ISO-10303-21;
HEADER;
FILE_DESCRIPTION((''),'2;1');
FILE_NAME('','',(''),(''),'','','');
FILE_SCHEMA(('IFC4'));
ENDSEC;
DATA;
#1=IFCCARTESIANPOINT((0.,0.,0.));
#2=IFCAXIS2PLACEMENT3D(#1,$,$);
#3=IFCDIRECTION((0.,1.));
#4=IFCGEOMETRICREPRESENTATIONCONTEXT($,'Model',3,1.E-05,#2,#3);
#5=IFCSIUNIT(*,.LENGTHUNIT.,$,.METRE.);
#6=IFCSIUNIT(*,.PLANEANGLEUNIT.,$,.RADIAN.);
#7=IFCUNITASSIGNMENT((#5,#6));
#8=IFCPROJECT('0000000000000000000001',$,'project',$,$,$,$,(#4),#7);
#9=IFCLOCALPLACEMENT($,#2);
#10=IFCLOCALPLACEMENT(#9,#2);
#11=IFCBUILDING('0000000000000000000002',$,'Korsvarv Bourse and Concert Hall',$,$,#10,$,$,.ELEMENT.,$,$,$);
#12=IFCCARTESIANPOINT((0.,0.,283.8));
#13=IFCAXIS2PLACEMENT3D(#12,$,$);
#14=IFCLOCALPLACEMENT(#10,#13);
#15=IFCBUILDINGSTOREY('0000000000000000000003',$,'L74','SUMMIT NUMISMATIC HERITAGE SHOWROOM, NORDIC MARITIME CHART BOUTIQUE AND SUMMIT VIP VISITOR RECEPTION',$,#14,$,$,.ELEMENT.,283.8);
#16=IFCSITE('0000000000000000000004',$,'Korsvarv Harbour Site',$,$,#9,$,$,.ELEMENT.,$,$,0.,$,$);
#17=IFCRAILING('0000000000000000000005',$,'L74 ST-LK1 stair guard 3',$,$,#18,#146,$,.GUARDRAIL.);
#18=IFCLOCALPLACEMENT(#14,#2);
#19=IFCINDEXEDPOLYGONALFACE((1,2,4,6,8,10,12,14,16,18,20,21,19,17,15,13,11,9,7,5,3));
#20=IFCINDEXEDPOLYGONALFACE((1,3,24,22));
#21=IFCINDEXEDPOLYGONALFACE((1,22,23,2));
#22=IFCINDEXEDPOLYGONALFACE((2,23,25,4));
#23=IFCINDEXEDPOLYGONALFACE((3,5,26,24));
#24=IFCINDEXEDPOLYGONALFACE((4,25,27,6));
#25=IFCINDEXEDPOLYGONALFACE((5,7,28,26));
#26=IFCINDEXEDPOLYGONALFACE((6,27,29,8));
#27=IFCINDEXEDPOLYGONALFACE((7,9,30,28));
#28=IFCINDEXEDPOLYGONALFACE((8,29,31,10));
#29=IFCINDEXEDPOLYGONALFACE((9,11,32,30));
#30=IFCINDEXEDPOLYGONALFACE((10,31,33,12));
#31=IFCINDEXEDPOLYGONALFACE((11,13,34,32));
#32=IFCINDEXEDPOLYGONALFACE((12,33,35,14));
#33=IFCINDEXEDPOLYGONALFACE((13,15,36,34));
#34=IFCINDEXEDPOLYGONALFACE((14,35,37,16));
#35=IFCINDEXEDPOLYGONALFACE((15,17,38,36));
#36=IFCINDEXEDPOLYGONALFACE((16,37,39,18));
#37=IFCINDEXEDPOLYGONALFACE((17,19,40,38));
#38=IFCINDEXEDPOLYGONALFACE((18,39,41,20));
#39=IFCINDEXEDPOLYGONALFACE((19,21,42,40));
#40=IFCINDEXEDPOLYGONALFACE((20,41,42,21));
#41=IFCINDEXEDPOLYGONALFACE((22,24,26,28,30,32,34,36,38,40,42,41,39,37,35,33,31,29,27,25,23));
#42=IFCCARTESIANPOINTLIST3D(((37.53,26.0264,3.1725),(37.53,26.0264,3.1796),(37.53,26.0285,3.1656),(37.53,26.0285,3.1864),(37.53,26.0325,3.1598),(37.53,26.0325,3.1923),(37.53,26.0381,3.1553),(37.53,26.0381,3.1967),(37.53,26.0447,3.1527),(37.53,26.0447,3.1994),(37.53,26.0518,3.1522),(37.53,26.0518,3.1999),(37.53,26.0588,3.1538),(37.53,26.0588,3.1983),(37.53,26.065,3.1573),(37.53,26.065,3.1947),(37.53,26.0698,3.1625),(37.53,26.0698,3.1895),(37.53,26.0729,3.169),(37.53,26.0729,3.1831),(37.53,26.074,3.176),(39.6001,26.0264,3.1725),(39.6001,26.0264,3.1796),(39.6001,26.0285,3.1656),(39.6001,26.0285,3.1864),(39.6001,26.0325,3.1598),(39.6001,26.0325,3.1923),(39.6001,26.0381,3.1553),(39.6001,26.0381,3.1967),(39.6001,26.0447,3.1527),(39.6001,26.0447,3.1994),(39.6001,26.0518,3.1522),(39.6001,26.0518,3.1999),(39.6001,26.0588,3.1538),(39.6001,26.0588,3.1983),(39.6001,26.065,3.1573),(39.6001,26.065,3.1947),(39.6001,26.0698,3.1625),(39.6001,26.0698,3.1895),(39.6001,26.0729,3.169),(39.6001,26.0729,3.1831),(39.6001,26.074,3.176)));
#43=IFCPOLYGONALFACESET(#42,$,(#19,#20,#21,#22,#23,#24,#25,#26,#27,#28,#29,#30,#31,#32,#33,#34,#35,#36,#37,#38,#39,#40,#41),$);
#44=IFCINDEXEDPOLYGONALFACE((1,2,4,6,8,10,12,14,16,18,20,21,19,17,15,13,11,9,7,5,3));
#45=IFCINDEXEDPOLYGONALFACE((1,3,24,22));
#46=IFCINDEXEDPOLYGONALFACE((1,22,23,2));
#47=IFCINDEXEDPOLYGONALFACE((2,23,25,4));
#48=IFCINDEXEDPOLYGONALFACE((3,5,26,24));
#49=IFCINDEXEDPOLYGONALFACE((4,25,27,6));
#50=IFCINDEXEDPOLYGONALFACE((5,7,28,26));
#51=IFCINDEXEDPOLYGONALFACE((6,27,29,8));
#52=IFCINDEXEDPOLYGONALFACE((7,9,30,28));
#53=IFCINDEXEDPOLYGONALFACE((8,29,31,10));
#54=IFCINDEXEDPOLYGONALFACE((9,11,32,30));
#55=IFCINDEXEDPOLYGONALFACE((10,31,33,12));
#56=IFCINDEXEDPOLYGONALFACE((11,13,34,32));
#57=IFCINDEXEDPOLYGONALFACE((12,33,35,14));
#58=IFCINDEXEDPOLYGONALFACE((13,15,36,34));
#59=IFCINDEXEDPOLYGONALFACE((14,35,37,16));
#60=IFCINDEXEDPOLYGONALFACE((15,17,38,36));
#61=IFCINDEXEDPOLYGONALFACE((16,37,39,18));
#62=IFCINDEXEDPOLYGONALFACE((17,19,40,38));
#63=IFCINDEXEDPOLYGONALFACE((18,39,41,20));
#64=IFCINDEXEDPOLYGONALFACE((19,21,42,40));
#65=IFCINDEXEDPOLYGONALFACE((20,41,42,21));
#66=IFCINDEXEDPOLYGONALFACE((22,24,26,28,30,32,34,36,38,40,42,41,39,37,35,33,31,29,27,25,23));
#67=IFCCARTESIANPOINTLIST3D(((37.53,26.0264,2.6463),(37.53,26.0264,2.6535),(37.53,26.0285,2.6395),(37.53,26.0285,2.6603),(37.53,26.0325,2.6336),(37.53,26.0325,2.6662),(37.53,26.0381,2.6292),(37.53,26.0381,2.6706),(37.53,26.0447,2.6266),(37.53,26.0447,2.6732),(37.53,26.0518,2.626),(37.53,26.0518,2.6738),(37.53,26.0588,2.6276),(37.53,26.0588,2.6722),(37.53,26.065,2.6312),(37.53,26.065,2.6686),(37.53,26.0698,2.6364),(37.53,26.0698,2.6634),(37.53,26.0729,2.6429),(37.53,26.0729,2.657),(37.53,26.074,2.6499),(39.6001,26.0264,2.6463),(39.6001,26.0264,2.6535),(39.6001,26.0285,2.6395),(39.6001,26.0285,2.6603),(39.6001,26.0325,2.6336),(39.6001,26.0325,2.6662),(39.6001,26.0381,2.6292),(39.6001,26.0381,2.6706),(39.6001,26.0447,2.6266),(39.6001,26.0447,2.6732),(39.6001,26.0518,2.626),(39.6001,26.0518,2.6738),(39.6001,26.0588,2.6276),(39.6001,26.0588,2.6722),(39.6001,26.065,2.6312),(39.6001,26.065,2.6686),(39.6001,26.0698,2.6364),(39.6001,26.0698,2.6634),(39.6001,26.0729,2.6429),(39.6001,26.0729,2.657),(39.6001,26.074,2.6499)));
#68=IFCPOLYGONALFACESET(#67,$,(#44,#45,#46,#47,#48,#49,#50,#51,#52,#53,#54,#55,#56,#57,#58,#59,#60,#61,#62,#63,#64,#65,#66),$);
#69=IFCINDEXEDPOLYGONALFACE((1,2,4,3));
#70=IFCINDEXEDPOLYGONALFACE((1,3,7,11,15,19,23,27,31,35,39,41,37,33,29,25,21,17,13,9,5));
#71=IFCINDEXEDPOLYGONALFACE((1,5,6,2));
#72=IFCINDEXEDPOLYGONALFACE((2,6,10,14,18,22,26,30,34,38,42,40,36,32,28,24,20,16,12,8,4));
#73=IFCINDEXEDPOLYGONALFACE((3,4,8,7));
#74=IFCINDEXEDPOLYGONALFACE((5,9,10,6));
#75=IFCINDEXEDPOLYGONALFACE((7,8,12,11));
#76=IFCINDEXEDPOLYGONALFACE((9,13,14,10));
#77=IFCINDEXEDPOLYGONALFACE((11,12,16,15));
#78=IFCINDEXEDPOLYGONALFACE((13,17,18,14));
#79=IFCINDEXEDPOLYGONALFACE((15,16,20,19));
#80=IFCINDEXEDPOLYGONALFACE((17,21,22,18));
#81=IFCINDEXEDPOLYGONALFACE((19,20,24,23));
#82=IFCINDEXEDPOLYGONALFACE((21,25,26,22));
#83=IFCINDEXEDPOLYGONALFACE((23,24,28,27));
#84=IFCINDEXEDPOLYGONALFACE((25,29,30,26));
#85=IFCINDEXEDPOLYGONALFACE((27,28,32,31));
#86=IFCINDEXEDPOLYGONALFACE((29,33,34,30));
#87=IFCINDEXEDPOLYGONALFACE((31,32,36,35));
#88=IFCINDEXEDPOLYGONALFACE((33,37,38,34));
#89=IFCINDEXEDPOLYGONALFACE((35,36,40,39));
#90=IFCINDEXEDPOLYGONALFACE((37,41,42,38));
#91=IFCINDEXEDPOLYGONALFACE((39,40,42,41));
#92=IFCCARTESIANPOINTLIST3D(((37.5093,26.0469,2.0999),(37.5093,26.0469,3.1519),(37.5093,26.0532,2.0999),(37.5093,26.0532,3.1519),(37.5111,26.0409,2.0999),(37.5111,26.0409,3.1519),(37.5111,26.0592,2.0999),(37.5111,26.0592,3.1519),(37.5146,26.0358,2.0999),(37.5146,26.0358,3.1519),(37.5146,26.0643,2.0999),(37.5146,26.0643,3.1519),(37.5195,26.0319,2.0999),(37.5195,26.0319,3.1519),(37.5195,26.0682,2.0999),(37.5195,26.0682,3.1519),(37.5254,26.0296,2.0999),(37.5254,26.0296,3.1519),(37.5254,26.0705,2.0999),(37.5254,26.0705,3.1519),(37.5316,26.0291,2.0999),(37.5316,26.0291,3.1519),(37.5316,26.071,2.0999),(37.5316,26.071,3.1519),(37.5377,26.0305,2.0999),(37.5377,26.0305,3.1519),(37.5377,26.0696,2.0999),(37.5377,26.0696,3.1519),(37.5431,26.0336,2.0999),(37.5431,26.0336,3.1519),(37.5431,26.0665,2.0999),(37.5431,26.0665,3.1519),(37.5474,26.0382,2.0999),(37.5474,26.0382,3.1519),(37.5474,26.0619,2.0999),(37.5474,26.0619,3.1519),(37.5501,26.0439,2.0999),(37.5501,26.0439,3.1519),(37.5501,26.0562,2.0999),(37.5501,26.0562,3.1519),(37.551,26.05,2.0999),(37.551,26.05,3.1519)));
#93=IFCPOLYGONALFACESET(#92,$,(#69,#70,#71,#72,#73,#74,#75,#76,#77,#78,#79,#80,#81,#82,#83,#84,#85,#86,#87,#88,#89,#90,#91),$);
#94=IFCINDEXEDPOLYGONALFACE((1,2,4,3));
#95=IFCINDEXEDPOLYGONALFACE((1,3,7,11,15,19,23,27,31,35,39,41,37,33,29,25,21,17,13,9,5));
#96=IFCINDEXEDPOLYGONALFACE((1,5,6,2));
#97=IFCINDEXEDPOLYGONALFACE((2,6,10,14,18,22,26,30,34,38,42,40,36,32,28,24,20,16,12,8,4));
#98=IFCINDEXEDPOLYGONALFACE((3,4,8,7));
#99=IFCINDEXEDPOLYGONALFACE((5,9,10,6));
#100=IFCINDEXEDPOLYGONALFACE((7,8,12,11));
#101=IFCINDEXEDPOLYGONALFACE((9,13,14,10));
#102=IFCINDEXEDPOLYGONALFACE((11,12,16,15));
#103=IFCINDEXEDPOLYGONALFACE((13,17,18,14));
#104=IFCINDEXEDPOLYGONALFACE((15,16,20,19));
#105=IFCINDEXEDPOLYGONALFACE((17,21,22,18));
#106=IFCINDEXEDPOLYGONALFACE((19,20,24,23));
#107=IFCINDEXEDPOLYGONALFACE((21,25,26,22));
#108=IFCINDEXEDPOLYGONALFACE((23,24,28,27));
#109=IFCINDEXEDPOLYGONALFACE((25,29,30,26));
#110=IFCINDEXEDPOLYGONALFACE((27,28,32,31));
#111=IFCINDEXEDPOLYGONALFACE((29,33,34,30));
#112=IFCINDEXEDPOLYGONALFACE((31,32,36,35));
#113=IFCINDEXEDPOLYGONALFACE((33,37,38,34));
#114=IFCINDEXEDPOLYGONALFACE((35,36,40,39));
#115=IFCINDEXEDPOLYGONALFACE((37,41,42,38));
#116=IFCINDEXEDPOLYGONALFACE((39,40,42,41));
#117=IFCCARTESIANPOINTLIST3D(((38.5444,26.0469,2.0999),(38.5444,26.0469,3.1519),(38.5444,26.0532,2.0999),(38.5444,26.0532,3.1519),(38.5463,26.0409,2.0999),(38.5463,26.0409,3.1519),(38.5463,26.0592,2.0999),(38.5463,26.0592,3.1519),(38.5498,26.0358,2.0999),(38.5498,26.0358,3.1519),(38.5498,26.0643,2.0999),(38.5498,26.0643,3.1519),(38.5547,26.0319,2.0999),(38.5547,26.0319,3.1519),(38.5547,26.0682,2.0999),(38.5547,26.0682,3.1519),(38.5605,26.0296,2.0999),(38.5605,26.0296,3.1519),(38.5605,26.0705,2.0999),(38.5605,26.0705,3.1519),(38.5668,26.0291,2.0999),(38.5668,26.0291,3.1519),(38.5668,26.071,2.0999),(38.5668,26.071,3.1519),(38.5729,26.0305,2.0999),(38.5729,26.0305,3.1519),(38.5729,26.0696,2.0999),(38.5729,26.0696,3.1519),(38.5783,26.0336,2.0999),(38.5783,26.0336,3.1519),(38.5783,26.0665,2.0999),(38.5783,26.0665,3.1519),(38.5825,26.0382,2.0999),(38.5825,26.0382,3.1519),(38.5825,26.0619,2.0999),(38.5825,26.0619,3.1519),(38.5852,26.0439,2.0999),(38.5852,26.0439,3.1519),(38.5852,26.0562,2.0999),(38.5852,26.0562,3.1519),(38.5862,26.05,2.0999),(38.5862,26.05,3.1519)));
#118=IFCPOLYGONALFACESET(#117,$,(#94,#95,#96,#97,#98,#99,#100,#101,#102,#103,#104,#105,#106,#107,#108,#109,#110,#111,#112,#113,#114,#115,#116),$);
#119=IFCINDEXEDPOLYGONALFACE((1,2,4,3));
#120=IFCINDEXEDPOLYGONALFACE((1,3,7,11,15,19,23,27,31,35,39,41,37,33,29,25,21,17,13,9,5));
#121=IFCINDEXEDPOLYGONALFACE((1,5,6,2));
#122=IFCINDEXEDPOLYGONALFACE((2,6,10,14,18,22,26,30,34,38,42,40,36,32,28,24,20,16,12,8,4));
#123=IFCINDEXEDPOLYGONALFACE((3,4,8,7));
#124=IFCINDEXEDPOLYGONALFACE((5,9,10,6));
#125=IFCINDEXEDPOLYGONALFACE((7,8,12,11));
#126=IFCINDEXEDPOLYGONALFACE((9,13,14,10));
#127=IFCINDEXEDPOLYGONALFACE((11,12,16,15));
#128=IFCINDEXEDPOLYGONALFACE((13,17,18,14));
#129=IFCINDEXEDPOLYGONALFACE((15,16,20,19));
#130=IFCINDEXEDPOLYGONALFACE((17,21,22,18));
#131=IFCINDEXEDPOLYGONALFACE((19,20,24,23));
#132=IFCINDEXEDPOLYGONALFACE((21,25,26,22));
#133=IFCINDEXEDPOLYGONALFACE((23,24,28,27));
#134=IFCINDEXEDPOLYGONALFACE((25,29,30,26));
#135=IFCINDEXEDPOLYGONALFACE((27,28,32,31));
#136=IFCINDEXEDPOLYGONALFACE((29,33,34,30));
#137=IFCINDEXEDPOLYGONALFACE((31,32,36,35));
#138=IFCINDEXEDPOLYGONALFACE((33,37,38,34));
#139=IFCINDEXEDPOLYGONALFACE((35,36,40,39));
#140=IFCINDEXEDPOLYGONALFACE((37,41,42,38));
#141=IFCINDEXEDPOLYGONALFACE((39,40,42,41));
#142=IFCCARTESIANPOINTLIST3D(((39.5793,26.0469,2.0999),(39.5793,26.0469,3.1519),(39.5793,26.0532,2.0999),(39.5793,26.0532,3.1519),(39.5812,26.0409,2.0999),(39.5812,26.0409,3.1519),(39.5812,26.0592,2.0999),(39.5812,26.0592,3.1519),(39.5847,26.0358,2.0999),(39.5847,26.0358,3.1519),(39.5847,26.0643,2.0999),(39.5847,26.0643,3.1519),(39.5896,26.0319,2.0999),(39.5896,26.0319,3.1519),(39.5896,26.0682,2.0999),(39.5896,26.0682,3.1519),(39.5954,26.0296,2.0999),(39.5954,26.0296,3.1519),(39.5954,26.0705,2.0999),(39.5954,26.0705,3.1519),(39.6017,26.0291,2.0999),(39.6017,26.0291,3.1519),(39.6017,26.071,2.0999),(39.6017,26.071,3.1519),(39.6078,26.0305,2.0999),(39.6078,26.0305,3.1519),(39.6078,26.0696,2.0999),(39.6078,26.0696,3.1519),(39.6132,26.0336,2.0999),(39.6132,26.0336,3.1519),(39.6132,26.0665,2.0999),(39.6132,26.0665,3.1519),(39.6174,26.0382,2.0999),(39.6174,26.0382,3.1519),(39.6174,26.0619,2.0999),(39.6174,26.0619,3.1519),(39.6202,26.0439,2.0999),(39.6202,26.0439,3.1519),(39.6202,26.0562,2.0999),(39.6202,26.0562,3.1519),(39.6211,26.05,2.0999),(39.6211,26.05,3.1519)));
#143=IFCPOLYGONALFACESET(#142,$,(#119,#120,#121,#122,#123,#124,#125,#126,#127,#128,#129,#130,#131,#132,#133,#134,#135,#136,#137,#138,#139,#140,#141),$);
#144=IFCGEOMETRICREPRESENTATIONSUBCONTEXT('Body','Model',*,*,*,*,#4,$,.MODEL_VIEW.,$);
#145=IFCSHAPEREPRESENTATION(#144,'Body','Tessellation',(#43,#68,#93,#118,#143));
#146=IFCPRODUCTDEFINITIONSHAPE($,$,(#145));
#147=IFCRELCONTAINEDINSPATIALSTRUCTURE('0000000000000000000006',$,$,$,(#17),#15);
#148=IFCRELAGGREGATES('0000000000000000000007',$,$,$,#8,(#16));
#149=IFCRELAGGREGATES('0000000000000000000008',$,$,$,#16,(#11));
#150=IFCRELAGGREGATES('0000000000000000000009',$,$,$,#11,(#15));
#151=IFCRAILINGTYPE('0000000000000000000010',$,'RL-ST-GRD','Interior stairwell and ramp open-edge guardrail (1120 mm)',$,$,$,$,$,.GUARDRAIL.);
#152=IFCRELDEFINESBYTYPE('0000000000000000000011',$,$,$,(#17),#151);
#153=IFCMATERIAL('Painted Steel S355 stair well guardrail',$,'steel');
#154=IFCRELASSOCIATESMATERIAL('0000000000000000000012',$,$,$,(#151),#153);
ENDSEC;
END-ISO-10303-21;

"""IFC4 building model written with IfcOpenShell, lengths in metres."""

from ifc_helpers import new_model, si_unit, direction, frame, origin, origin_2d, place, context, subcontext, project, spatial, circle, extrude, material, type_object, element, save


model = new_model("IFC4")

# Units and contexts
model_context = context("Model", 3, precision=1e-05, world=origin(), true_north=direction((0.0, 1.0)))
body_context = subcontext(model_context, "Body", "Model", "MODEL_VIEW")
ifc_project = project(units=[si_unit("LENGTHUNIT", "METRE"), si_unit("PLANEANGLEUNIT", "RADIAN")], contexts=[model_context])

# Site, building, storey
site_placement = place(None, origin())
site = spatial("IfcSite", under=ifc_project, at=site_placement, Name="Korsvarv Harbour Site", CompositionType="ELEMENT", RefElevation=0.0)
building_placement = place(site_placement, origin())
building = spatial("IfcBuilding", under=site, at=building_placement, Name="Korsvarv Bourse and Concert Hall", CompositionType="ELEMENT")
storey_placement = place(building_placement, frame((0.0, 0.0, 283.8)))
storey = spatial("IfcBuildingStorey", under=building, at=storey_placement, Name="L74", Description="SUMMIT NUMISMATIC HERITAGE SHOWROOM, NORDIC MARITIME CHART BOUTIQUE AND SUMMIT VIP VISITOR RECEPTION", CompositionType="ELEMENT", Elevation=283.8)

# Railing
ifc_material_1 = material(Name="Painted Steel S355 stair well guardrail", Category="steel")
railing_type_1 = type_object("IfcRailingType", Name="RL-ST-GRD", Description="Interior stairwell and ramp open-edge guardrail (1120 mm)", PredefinedType="GUARDRAIL", material=ifc_material_1)
railing_1_placement = place(storey_placement, frame((37.53, 26.05, 2.0999)))
element("IfcRailing", 1, at=railing_1_placement, inside=storey, type_object=railing_type_1, Name="L74 ST-LK1 stair guard 3", PredefinedType="GUARDRAIL", context=body_context, shape_type="SweptSolid", body=[
    extrude(circle(Radius=0.0239, at=origin_2d()), frame((0.0, 0.0, 1.0762), z_axis=(1.0, 0.0, 0.0), x_axis=(0.0, 1.0, 0.0)), (0.0, 0.0, 1.0), 2.0701),
    extrude(circle(Radius=0.0239, at=origin_2d()), frame((0.0, 0.0, 0.55), z_axis=(1.0, 0.0, 0.0), x_axis=(0.0, 1.0, 0.0)), (0.0, 0.0, 1.0), 2.0701),
    extrude(circle(Radius=0.021, at=origin_2d()), origin(), (0.0, 0.0, 1.0), 1.052),
    extrude(circle(Radius=0.021, at=origin_2d()), frame((1.0352, 0.0, 0.0)), (0.0, 0.0, 1.0), 1.052),
    extrude(circle(Radius=0.021, at=origin_2d()), frame((2.0701, 0.0, 0.0)), (0.0, 0.0, 1.0), 1.052),
])

save(model, "model.ifc")
